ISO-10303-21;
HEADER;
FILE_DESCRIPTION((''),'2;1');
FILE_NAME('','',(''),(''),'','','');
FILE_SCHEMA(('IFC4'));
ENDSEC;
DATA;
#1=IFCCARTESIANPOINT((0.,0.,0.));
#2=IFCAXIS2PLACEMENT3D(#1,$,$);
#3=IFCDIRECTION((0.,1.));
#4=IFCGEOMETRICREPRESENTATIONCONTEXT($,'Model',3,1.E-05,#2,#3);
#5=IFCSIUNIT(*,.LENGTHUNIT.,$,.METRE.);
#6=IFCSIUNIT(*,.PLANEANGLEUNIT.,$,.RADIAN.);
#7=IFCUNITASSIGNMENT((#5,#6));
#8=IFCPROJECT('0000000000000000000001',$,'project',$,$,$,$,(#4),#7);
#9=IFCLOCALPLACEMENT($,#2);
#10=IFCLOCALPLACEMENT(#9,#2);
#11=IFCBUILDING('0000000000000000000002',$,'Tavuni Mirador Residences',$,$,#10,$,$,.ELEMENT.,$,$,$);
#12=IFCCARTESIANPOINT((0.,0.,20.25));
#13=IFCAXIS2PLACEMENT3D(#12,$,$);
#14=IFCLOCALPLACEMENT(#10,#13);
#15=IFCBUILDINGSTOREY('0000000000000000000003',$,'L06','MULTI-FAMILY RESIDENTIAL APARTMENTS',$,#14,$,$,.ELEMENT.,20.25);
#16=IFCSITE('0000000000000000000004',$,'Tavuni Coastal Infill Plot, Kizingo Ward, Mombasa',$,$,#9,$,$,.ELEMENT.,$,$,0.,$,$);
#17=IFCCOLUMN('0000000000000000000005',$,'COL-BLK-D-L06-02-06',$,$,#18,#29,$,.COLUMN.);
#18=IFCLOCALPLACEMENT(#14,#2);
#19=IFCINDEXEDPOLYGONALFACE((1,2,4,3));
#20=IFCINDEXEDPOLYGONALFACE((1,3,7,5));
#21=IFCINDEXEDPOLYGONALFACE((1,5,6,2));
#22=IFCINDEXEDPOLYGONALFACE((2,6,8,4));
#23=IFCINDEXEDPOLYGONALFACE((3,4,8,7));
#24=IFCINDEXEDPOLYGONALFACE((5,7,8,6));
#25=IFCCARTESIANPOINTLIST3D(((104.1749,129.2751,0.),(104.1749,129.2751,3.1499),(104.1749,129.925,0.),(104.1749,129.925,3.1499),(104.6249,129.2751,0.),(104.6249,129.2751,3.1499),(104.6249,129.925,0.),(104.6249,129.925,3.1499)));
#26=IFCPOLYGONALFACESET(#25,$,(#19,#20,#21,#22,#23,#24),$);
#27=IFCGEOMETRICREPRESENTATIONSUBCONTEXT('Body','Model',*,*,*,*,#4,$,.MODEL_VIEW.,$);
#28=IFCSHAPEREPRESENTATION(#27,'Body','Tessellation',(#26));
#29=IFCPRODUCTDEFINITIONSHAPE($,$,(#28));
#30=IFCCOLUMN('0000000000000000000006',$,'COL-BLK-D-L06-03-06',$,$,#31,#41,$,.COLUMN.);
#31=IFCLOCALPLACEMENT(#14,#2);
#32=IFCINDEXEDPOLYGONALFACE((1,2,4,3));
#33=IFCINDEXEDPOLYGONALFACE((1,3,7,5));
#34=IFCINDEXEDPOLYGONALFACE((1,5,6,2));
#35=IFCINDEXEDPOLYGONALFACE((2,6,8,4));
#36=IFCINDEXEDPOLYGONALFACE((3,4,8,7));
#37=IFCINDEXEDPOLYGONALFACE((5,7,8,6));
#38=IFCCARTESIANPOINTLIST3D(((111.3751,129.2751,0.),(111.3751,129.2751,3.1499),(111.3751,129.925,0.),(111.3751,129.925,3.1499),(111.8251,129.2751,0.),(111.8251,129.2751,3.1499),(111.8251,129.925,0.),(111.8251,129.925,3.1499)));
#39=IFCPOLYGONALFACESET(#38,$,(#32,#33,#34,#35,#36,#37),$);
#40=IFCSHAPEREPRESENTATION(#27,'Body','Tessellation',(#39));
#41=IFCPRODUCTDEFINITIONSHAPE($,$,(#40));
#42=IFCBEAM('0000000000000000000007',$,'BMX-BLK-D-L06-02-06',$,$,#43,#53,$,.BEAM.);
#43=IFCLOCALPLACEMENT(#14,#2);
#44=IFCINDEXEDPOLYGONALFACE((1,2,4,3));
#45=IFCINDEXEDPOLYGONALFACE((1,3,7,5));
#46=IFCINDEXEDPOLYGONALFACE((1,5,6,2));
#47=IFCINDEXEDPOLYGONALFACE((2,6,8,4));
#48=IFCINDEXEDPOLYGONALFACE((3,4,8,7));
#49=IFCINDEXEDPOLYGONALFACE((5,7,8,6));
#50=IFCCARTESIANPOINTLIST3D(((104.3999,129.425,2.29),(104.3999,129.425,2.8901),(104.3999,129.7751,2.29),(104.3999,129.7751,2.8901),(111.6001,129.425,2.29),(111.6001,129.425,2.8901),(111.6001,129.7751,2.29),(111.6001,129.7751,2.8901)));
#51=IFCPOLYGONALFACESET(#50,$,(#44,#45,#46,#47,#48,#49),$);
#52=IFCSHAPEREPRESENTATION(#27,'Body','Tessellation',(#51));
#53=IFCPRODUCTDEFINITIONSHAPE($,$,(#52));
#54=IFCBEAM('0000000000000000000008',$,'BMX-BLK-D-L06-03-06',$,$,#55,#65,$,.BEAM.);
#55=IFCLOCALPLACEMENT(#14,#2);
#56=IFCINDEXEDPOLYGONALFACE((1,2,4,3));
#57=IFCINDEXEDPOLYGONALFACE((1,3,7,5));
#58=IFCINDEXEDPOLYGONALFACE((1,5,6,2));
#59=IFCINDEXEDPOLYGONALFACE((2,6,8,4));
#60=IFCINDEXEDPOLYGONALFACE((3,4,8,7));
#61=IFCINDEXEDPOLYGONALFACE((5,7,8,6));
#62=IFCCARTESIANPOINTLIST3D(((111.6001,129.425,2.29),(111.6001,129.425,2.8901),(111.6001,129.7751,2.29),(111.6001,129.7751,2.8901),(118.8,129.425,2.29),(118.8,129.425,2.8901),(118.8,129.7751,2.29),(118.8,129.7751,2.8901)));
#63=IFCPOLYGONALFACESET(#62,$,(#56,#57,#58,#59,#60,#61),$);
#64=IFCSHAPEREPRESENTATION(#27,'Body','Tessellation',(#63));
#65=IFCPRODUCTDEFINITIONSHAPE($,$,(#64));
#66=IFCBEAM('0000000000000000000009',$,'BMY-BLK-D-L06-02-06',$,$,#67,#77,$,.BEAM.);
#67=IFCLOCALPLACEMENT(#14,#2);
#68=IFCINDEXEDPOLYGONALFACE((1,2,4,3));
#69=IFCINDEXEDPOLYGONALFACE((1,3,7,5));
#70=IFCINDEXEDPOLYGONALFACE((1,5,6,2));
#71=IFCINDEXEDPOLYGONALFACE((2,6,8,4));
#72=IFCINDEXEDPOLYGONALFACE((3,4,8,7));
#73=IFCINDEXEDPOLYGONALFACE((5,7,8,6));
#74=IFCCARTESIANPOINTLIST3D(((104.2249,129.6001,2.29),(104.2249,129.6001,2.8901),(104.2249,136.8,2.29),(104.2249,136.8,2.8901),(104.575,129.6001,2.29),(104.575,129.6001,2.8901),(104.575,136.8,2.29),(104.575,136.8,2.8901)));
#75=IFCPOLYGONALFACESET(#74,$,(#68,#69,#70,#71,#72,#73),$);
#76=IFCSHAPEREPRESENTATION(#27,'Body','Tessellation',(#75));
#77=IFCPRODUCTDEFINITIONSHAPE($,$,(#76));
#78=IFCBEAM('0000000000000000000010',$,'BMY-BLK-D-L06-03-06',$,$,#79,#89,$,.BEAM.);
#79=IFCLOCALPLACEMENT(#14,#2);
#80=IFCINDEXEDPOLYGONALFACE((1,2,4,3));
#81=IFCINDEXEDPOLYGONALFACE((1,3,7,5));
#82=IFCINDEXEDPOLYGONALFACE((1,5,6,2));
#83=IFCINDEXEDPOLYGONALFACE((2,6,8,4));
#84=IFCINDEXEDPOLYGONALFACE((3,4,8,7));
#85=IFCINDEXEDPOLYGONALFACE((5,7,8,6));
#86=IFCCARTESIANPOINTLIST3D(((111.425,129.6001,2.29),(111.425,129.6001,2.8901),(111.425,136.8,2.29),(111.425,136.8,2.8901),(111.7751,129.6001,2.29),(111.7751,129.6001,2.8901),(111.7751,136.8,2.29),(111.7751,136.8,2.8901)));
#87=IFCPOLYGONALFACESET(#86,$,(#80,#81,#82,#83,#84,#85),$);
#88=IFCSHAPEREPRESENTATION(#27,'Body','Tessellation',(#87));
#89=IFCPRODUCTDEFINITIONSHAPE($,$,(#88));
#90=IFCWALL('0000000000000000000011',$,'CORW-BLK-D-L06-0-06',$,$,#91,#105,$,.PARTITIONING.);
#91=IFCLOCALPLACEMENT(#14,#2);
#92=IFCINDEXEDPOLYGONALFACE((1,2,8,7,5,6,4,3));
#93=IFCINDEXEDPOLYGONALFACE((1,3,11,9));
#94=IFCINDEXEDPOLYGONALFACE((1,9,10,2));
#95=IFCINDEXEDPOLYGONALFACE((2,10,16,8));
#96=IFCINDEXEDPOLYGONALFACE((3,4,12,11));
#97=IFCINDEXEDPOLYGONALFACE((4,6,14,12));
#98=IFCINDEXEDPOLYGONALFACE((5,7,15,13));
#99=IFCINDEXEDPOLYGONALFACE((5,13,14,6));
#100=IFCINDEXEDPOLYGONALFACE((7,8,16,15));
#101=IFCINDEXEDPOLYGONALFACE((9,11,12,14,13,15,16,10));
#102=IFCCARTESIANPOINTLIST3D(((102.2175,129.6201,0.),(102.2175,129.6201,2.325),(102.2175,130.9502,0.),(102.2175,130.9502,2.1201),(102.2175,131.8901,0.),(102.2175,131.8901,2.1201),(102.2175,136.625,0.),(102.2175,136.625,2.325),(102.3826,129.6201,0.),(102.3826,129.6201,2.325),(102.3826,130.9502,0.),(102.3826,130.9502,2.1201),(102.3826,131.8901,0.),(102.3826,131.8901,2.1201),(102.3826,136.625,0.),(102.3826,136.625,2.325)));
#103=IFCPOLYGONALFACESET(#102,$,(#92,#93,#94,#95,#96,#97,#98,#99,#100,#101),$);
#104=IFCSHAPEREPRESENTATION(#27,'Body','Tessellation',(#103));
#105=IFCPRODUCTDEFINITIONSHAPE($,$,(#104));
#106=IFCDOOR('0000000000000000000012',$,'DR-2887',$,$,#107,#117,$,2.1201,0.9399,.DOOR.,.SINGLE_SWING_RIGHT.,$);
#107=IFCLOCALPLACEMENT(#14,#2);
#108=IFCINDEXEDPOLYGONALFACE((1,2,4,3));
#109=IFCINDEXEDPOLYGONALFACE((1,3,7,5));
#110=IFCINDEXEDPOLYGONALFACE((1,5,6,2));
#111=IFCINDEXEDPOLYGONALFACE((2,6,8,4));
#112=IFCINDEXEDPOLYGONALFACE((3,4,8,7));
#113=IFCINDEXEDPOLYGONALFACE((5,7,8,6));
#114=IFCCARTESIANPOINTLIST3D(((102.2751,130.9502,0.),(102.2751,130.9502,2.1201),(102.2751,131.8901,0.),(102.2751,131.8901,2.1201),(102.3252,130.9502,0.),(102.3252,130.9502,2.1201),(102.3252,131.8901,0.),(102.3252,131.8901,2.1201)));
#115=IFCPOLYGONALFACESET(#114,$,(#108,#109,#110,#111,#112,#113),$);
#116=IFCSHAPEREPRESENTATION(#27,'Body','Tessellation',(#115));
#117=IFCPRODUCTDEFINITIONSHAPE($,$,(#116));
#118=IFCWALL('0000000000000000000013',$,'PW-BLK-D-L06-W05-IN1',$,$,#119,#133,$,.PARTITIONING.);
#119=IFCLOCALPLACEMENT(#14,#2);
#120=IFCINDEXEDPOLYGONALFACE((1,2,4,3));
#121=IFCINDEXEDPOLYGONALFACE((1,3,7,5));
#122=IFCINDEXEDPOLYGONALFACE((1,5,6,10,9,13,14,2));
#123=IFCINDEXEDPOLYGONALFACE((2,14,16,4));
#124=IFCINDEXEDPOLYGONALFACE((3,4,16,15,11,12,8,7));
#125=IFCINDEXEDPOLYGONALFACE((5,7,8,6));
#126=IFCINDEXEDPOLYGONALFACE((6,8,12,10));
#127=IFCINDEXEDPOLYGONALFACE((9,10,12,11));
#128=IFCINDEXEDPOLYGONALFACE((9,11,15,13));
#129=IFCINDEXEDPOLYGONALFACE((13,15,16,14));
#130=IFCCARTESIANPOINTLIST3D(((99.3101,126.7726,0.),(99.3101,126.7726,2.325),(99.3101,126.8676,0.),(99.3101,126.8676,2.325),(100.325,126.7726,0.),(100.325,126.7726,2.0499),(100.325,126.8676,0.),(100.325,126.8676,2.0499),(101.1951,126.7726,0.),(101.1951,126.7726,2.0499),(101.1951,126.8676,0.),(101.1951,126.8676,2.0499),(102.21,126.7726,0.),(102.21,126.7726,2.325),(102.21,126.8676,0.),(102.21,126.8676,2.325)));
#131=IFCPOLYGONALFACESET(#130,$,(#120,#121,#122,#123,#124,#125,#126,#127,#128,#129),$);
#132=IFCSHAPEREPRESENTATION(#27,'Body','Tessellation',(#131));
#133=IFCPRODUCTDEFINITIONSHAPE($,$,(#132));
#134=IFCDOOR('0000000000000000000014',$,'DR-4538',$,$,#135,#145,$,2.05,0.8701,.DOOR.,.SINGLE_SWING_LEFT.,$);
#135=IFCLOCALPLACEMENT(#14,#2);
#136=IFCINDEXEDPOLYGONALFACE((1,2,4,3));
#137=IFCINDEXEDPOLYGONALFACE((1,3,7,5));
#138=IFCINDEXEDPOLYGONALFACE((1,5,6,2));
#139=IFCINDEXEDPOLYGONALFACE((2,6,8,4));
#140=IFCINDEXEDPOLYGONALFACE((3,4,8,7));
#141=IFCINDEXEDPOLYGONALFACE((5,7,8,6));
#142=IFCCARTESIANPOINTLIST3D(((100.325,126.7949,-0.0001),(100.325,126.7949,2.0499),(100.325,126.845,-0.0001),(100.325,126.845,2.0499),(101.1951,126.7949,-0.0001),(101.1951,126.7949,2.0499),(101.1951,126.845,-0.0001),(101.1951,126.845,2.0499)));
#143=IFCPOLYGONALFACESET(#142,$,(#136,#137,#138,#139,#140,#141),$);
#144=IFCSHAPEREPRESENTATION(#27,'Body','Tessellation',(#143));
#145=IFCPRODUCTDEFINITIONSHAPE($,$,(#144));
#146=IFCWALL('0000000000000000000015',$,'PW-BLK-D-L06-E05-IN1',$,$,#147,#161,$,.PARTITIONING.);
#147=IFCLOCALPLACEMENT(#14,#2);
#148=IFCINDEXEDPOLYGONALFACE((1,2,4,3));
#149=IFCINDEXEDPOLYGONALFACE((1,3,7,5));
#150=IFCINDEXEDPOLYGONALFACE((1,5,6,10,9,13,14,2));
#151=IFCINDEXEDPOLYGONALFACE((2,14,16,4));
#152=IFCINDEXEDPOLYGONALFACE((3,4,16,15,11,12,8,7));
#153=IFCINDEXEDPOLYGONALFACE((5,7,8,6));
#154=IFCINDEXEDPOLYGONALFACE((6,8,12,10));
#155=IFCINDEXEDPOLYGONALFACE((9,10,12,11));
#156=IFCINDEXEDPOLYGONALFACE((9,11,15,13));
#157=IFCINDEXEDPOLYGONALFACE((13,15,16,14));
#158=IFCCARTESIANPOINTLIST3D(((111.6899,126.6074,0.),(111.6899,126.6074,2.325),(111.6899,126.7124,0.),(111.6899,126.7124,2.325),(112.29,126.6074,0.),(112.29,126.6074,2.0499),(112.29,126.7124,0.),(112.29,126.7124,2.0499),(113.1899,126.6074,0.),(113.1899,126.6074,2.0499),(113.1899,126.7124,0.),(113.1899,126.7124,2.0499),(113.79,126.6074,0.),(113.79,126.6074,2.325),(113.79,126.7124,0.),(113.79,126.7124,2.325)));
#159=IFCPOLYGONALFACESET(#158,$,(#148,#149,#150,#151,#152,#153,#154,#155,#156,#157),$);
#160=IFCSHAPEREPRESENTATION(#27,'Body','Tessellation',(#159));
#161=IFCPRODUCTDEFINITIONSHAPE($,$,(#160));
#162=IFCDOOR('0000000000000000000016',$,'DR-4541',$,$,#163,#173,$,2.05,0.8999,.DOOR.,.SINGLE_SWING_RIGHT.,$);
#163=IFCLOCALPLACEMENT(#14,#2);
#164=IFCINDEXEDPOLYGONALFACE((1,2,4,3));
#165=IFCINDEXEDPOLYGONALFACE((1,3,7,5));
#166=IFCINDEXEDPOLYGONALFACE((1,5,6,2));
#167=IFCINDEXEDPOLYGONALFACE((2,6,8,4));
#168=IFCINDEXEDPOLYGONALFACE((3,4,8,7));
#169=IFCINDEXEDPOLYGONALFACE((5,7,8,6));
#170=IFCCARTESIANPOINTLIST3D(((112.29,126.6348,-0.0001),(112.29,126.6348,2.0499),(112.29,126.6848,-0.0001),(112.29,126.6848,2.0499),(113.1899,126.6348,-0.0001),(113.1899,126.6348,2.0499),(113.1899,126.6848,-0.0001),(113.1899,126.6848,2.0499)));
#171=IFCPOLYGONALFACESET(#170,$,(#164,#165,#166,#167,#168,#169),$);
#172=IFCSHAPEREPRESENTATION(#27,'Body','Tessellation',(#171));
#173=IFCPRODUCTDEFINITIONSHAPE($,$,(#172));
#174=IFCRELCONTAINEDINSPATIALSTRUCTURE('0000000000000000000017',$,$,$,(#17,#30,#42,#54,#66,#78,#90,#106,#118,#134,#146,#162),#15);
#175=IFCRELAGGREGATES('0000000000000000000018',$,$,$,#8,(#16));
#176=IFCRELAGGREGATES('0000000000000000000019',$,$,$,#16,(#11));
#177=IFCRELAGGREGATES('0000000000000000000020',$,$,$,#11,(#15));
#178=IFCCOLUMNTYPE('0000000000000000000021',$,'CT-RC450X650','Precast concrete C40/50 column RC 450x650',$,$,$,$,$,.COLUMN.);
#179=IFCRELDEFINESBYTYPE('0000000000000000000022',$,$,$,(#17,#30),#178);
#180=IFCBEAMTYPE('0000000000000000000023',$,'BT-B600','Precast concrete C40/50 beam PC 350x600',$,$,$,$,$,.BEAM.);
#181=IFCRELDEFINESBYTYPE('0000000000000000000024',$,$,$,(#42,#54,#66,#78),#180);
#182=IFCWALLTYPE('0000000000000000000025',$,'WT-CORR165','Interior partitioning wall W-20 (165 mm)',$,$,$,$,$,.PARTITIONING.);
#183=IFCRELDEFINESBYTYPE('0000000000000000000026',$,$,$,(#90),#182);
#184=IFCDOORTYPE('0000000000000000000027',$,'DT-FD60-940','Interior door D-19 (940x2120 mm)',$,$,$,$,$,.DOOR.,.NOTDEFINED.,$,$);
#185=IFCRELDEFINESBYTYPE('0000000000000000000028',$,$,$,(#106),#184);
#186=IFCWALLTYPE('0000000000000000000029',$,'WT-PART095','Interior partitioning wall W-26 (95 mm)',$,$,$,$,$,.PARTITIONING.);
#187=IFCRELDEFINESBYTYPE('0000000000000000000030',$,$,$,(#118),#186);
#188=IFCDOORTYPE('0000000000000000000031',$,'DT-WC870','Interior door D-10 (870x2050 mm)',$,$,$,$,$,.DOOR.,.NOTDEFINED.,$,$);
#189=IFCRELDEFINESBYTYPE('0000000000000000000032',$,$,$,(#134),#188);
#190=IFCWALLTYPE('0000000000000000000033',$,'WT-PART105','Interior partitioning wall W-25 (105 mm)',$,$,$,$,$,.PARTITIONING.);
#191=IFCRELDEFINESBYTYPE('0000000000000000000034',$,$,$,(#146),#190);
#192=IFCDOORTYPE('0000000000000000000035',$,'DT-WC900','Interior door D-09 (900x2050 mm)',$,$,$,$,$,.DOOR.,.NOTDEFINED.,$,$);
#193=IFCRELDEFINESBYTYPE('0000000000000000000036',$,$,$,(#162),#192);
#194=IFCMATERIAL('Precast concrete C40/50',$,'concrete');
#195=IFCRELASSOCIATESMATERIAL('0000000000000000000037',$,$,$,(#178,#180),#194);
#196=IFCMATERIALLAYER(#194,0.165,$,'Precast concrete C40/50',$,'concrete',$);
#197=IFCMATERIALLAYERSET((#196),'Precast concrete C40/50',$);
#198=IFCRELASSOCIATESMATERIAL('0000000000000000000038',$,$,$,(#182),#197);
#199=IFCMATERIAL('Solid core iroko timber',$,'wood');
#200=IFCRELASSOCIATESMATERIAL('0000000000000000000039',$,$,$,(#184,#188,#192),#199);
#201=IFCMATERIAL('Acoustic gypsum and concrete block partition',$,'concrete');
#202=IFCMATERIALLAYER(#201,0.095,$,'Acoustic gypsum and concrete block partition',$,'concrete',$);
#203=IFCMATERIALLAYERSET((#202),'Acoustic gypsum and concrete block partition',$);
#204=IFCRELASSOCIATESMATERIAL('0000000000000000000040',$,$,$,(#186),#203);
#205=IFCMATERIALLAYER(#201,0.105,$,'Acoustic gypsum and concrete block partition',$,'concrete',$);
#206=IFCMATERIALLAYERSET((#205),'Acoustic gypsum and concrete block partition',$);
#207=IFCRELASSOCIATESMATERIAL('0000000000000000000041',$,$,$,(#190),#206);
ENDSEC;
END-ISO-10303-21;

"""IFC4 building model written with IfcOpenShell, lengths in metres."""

from ifc_helpers import new_model, si_unit, direction, frame, frame_2d, origin, origin_2d, place, context, subcontext, project, spatial, rectangle, extrude, material, layer, layer_set, material_profile, profile_set, type_object, element, fill, save


model = new_model("IFC4")

# Units and contexts
model_context = context("Model", 3, precision=1e-05, world=origin(), true_north=direction((0.0, 1.0)))
body_context = subcontext(model_context, "Body", "Model", "MODEL_VIEW")
ifc_project = project(units=[si_unit("LENGTHUNIT", "METRE"), si_unit("PLANEANGLEUNIT", "RADIAN")], contexts=[model_context])

# Site, building, storey
site_placement = place(None, origin())
site = spatial("IfcSite", under=ifc_project, at=site_placement, Name="Tavuni Coastal Infill Plot, Kizingo Ward, Mombasa", CompositionType="ELEMENT", RefElevation=0.0)
building_placement = place(site_placement, origin())
building = spatial("IfcBuilding", under=site, at=building_placement, Name="Tavuni Mirador Residences", CompositionType="ELEMENT")
storey_placement = place(building_placement, frame((0.0, 0.0, 20.25)))
storey = spatial("IfcBuildingStorey", under=building, at=storey_placement, Name="L06", Description="MULTI-FAMILY RESIDENTIAL APARTMENTS", CompositionType="ELEMENT", Elevation=20.25)

# Columns
ifc_material_1 = material(Name="Precast concrete C40/50", Category="concrete")
ifc_material_profile_1 = material_profile(ifc_material_1, rectangle(XDim=0.45, YDim=0.6499, at=origin_2d()), Name="RC 450x650", Category="concrete")
ifc_profile_set_1 = profile_set([ifc_material_profile_1], Name="Precast concrete C40/50")
column_type = type_object("IfcColumnType", Name="CT-RC450X650", Description="Precast concrete C40/50 column RC 450x650", PredefinedType="COLUMN", material=ifc_profile_set_1)
for number, where, z_axis, x_axis, name in (
    (1, (104.3999, 129.6001, 0.0), (0.0, 0.0, 1.0), (1.0, 0.0, 0.0), "COL-BLK-D-L06-02-06"),
    (2, (111.6001, 129.6001, 0.0), (0.0, 0.0, 1.0), (1.0, 0.0, 0.0), "COL-BLK-D-L06-03-06"),
):
    element("IfcColumn", number, at=place(storey_placement, frame(where, z_axis=z_axis, x_axis=x_axis)), inside=storey, type_object=column_type, Name=name, PredefinedType="COLUMN", context=body_context, shape_type="SweptSolid", body=[
        extrude(rectangle(XDim=0.45, YDim=0.6499, at=origin_2d()), origin(), (0.0, 0.0, 1.0), 3.1499),
    ])

# Beams
ifc_material_profile_2 = material_profile(ifc_material_1, rectangle(XDim=0.3501, YDim=0.6001, at=origin_2d()), Name="PC 350x600", Category="concrete")
ifc_profile_set_2 = profile_set([ifc_material_profile_2], Name="Precast concrete C40/50")
beam_type = type_object("IfcBeamType", Name="BT-B600", Description="Precast concrete C40/50 beam PC 350x600", PredefinedType="BEAM", material=ifc_profile_set_2)
beam_placement = place(storey_placement, frame((104.3999, 129.6001, 2.5901), z_axis=(1.0, 0.0, 0.0), x_axis=(0.0, 1.0, 0.0)))
element("IfcBeam", 3, at=beam_placement, inside=storey, type_object=beam_type, Name="BMX-BLK-D-L06-02-06", PredefinedType="BEAM", context=body_context, shape_type="SweptSolid", body=[
    extrude(rectangle(XDim=0.3501, YDim=0.6001, at=origin_2d()), origin(), (0.0, 0.0, 1.0), 7.2002),
])
for number, where, z_axis, x_axis, name in (
    (4, (111.6001, 129.6001, 2.5901), (1.0, 0.0, 0.0), (0.0, 1.0, 0.0), "BMX-BLK-D-L06-03-06"),
    (5, (104.3999, 129.6001, 2.5901), (0.0, 1.0, 0.0), (-1.0, 0.0, 0.0), "BMY-BLK-D-L06-02-06"),
    (6, (111.6001, 129.6001, 2.5901), (0.0, 1.0, 0.0), (-1.0, 0.0, 0.0), "BMY-BLK-D-L06-03-06"),
):
    element("IfcBeam", number, at=place(storey_placement, frame(where, z_axis=z_axis, x_axis=x_axis)), inside=storey, type_object=beam_type, Name=name, PredefinedType="BEAM", context=body_context, shape_type="SweptSolid", body=[
        extrude(rectangle(XDim=0.3501, YDim=0.6001, at=origin_2d()), origin(), (0.0, 0.0, 1.0), 7.2),
    ])

# Walls, openings, doors
ifc_layer_1 = layer(ifc_material_1, 0.165, Name="Precast concrete C40/50", Category="concrete")
ifc_layer_set_1 = layer_set([ifc_layer_1], Name="Precast concrete C40/50")
wall_type_1 = type_object("IfcWallType", Name="WT-CORR165", Description="Interior partitioning wall W-20 (165 mm)", PredefinedType="PARTITIONING", material=ifc_layer_set_1)
wall_1_placement = place(storey_placement, frame((102.3, 129.6201, 0.0), z_axis=(0.0, 0.0, 1.0), x_axis=(0.0, 1.0, 0.0)))
wall_1 = element("IfcWall", 7, at=wall_1_placement, inside=storey, type_object=wall_type_1, Name="CORW-BLK-D-L06-0-06", PredefinedType="PARTITIONING", context=body_context, shape_type="SweptSolid", body=[
    extrude(rectangle(XDim=7.0049, YDim=0.165, at=frame_2d((3.5024, 0.0))), origin(), (0.0, 0.0, 1.0), 2.325),
])
opening_1_placement = place(wall_1_placement, frame((1.3301, 0.0, 0.0)))
opening_1 = element("IfcOpeningElement", 8, at=opening_1_placement, cuts=wall_1, PredefinedType="OPENING", context=body_context, shape_type="SweptSolid", body=[
    extrude(rectangle(XDim=0.9399, YDim=2.1201, at=frame_2d((0.47, 1.0601))), frame((0.0, 0.0925, 0.0), z_axis=(0.0, -1.0, 0.0), x_axis=(1.0, 0.0, 0.0)), (0.0, 0.0, 1.0), 0.1851),
])
ifc_material_2 = material(Name="Solid core iroko timber", Category="wood")
door_type_1 = type_object("IfcDoorType", Name="DT-FD60-940", Description="Interior door D-19 (940x2120 mm)", OperationType="NOTDEFINED", PredefinedType="DOOR", material=ifc_material_2)
door_1_placement = place(opening_1_placement, origin())
door_1 = element("IfcDoor", 9, at=door_1_placement, inside=storey, type_object=door_type_1, Name="DR-2887", OperationType="SINGLE_SWING_RIGHT", OverallHeight=2.1201, OverallWidth=0.9399, PredefinedType="DOOR", context=body_context, shape_type="SweptSolid", body=[
    extrude(rectangle(XDim=0.9399, YDim=2.1201, at=frame_2d((0.47, 1.0601))), frame((0.0, 0.0249, 0.0), z_axis=(0.0, -1.0, 0.0), x_axis=(1.0, 0.0, 0.0)), (0.0, 0.0, 1.0), 0.05),
])
fill(opening_1, door_1)
ifc_material_3 = material(Name="Acoustic gypsum and concrete block partition", Category="concrete")
ifc_layer_2 = layer(ifc_material_3, 0.095, Name="Acoustic gypsum and concrete block partition", Category="concrete")
ifc_layer_set_2 = layer_set([ifc_layer_2], Name="Acoustic gypsum and concrete block partition")
wall_type_2 = type_object("IfcWallType", Name="WT-PART095", Description="Interior partitioning wall W-26 (95 mm)", PredefinedType="PARTITIONING", material=ifc_layer_set_2)
wall_2_placement = place(storey_placement, frame((99.3101, 126.8201, 0.0), z_axis=(0.0, 0.0, 1.0), x_axis=(1.0, 0.0, 0.0)))
wall_2 = element("IfcWall", 10, at=wall_2_placement, inside=storey, type_object=wall_type_2, Name="PW-BLK-D-L06-W05-IN1", PredefinedType="PARTITIONING", context=body_context, shape_type="SweptSolid", body=[
    extrude(rectangle(XDim=2.8999, YDim=0.095, at=frame_2d((1.45, 0.0))), origin(), (0.0, 0.0, 1.0), 2.325),
])
opening_2_placement = place(wall_2_placement, frame((1.0149, 0.0, 0.0)))
opening_2 = element("IfcOpeningElement", 11, at=opening_2_placement, cuts=wall_2, PredefinedType="OPENING", context=body_context, shape_type="SweptSolid", body=[
    extrude(rectangle(XDim=0.8701, YDim=2.05, at=frame_2d((0.4351, 1.0249))), frame((0.0, 0.0576, 0.0), z_axis=(0.0, -1.0, 0.0), x_axis=(1.0, 0.0, 0.0)), (0.0, 0.0, 1.0), 0.115),
])
door_type_2 = type_object("IfcDoorType", Name="DT-WC870", Description="Interior door D-10 (870x2050 mm)", OperationType="NOTDEFINED", PredefinedType="DOOR", material=ifc_material_2)
door_2_placement = place(opening_2_placement, origin())
door_2 = element("IfcDoor", 12, at=door_2_placement, inside=storey, type_object=door_type_2, Name="DR-4538", OperationType="SINGLE_SWING_LEFT", OverallHeight=2.05, OverallWidth=0.8701, PredefinedType="DOOR", context=body_context, shape_type="SweptSolid", body=[
    extrude(rectangle(XDim=0.8701, YDim=2.05, at=frame_2d((0.4351, 1.0249))), frame((0.0, 0.0249, 0.0), z_axis=(0.0, -1.0, 0.0), x_axis=(1.0, 0.0, 0.0)), (0.0, 0.0, 1.0), 0.05),
])
fill(opening_2, door_2)
ifc_layer_3 = layer(ifc_material_3, 0.105, Name="Acoustic gypsum and concrete block partition", Category="concrete")
ifc_layer_set_3 = layer_set([ifc_layer_3], Name="Acoustic gypsum and concrete block partition")
wall_type_3 = type_object("IfcWallType", Name="WT-PART105", Description="Interior partitioning wall W-25 (105 mm)", PredefinedType="PARTITIONING", material=ifc_layer_set_3)
wall_3_placement = place(storey_placement, frame((111.6899, 126.6599, 0.0), z_axis=(0.0, 0.0, 1.0), x_axis=(1.0, 0.0, 0.0)))
wall_3 = element("IfcWall", 13, at=wall_3_placement, inside=storey, type_object=wall_type_3, Name="PW-BLK-D-L06-E05-IN1", PredefinedType="PARTITIONING", context=body_context, shape_type="SweptSolid", body=[
    extrude(rectangle(XDim=2.1001, YDim=0.105, at=frame_2d((1.05, 0.0))), origin(), (0.0, 0.0, 1.0), 2.325),
])
opening_3_placement = place(wall_3_placement, frame((0.6001, 0.0, 0.0)))
opening_3 = element("IfcOpeningElement", 14, at=opening_3_placement, cuts=wall_3, PredefinedType="OPENING", context=body_context, shape_type="SweptSolid", body=[
    extrude(rectangle(XDim=0.8999, YDim=2.05, at=frame_2d((0.45, 1.0249))), frame((0.0, 0.0625, 0.0), z_axis=(0.0, -1.0, 0.0), x_axis=(1.0, 0.0, 0.0)), (0.0, 0.0, 1.0), 0.125),
])
door_type_3 = type_object("IfcDoorType", Name="DT-WC900", Description="Interior door D-09 (900x2050 mm)", OperationType="NOTDEFINED", PredefinedType="DOOR", material=ifc_material_2)
door_3_placement = place(opening_3_placement, origin())
door_3 = element("IfcDoor", 15, at=door_3_placement, inside=storey, type_object=door_type_3, Name="DR-4541", OperationType="SINGLE_SWING_RIGHT", OverallHeight=2.05, OverallWidth=0.8999, PredefinedType="DOOR", context=body_context, shape_type="SweptSolid", body=[
    extrude(rectangle(XDim=0.8999, YDim=2.05, at=frame_2d((0.45, 1.0249))), frame((0.0, 0.0249, 0.0), z_axis=(0.0, -1.0, 0.0), x_axis=(1.0, 0.0, 0.0)), (0.0, 0.0, 1.0), 0.05),
])
fill(opening_3, door_3)

save(model, "model.ifc")
